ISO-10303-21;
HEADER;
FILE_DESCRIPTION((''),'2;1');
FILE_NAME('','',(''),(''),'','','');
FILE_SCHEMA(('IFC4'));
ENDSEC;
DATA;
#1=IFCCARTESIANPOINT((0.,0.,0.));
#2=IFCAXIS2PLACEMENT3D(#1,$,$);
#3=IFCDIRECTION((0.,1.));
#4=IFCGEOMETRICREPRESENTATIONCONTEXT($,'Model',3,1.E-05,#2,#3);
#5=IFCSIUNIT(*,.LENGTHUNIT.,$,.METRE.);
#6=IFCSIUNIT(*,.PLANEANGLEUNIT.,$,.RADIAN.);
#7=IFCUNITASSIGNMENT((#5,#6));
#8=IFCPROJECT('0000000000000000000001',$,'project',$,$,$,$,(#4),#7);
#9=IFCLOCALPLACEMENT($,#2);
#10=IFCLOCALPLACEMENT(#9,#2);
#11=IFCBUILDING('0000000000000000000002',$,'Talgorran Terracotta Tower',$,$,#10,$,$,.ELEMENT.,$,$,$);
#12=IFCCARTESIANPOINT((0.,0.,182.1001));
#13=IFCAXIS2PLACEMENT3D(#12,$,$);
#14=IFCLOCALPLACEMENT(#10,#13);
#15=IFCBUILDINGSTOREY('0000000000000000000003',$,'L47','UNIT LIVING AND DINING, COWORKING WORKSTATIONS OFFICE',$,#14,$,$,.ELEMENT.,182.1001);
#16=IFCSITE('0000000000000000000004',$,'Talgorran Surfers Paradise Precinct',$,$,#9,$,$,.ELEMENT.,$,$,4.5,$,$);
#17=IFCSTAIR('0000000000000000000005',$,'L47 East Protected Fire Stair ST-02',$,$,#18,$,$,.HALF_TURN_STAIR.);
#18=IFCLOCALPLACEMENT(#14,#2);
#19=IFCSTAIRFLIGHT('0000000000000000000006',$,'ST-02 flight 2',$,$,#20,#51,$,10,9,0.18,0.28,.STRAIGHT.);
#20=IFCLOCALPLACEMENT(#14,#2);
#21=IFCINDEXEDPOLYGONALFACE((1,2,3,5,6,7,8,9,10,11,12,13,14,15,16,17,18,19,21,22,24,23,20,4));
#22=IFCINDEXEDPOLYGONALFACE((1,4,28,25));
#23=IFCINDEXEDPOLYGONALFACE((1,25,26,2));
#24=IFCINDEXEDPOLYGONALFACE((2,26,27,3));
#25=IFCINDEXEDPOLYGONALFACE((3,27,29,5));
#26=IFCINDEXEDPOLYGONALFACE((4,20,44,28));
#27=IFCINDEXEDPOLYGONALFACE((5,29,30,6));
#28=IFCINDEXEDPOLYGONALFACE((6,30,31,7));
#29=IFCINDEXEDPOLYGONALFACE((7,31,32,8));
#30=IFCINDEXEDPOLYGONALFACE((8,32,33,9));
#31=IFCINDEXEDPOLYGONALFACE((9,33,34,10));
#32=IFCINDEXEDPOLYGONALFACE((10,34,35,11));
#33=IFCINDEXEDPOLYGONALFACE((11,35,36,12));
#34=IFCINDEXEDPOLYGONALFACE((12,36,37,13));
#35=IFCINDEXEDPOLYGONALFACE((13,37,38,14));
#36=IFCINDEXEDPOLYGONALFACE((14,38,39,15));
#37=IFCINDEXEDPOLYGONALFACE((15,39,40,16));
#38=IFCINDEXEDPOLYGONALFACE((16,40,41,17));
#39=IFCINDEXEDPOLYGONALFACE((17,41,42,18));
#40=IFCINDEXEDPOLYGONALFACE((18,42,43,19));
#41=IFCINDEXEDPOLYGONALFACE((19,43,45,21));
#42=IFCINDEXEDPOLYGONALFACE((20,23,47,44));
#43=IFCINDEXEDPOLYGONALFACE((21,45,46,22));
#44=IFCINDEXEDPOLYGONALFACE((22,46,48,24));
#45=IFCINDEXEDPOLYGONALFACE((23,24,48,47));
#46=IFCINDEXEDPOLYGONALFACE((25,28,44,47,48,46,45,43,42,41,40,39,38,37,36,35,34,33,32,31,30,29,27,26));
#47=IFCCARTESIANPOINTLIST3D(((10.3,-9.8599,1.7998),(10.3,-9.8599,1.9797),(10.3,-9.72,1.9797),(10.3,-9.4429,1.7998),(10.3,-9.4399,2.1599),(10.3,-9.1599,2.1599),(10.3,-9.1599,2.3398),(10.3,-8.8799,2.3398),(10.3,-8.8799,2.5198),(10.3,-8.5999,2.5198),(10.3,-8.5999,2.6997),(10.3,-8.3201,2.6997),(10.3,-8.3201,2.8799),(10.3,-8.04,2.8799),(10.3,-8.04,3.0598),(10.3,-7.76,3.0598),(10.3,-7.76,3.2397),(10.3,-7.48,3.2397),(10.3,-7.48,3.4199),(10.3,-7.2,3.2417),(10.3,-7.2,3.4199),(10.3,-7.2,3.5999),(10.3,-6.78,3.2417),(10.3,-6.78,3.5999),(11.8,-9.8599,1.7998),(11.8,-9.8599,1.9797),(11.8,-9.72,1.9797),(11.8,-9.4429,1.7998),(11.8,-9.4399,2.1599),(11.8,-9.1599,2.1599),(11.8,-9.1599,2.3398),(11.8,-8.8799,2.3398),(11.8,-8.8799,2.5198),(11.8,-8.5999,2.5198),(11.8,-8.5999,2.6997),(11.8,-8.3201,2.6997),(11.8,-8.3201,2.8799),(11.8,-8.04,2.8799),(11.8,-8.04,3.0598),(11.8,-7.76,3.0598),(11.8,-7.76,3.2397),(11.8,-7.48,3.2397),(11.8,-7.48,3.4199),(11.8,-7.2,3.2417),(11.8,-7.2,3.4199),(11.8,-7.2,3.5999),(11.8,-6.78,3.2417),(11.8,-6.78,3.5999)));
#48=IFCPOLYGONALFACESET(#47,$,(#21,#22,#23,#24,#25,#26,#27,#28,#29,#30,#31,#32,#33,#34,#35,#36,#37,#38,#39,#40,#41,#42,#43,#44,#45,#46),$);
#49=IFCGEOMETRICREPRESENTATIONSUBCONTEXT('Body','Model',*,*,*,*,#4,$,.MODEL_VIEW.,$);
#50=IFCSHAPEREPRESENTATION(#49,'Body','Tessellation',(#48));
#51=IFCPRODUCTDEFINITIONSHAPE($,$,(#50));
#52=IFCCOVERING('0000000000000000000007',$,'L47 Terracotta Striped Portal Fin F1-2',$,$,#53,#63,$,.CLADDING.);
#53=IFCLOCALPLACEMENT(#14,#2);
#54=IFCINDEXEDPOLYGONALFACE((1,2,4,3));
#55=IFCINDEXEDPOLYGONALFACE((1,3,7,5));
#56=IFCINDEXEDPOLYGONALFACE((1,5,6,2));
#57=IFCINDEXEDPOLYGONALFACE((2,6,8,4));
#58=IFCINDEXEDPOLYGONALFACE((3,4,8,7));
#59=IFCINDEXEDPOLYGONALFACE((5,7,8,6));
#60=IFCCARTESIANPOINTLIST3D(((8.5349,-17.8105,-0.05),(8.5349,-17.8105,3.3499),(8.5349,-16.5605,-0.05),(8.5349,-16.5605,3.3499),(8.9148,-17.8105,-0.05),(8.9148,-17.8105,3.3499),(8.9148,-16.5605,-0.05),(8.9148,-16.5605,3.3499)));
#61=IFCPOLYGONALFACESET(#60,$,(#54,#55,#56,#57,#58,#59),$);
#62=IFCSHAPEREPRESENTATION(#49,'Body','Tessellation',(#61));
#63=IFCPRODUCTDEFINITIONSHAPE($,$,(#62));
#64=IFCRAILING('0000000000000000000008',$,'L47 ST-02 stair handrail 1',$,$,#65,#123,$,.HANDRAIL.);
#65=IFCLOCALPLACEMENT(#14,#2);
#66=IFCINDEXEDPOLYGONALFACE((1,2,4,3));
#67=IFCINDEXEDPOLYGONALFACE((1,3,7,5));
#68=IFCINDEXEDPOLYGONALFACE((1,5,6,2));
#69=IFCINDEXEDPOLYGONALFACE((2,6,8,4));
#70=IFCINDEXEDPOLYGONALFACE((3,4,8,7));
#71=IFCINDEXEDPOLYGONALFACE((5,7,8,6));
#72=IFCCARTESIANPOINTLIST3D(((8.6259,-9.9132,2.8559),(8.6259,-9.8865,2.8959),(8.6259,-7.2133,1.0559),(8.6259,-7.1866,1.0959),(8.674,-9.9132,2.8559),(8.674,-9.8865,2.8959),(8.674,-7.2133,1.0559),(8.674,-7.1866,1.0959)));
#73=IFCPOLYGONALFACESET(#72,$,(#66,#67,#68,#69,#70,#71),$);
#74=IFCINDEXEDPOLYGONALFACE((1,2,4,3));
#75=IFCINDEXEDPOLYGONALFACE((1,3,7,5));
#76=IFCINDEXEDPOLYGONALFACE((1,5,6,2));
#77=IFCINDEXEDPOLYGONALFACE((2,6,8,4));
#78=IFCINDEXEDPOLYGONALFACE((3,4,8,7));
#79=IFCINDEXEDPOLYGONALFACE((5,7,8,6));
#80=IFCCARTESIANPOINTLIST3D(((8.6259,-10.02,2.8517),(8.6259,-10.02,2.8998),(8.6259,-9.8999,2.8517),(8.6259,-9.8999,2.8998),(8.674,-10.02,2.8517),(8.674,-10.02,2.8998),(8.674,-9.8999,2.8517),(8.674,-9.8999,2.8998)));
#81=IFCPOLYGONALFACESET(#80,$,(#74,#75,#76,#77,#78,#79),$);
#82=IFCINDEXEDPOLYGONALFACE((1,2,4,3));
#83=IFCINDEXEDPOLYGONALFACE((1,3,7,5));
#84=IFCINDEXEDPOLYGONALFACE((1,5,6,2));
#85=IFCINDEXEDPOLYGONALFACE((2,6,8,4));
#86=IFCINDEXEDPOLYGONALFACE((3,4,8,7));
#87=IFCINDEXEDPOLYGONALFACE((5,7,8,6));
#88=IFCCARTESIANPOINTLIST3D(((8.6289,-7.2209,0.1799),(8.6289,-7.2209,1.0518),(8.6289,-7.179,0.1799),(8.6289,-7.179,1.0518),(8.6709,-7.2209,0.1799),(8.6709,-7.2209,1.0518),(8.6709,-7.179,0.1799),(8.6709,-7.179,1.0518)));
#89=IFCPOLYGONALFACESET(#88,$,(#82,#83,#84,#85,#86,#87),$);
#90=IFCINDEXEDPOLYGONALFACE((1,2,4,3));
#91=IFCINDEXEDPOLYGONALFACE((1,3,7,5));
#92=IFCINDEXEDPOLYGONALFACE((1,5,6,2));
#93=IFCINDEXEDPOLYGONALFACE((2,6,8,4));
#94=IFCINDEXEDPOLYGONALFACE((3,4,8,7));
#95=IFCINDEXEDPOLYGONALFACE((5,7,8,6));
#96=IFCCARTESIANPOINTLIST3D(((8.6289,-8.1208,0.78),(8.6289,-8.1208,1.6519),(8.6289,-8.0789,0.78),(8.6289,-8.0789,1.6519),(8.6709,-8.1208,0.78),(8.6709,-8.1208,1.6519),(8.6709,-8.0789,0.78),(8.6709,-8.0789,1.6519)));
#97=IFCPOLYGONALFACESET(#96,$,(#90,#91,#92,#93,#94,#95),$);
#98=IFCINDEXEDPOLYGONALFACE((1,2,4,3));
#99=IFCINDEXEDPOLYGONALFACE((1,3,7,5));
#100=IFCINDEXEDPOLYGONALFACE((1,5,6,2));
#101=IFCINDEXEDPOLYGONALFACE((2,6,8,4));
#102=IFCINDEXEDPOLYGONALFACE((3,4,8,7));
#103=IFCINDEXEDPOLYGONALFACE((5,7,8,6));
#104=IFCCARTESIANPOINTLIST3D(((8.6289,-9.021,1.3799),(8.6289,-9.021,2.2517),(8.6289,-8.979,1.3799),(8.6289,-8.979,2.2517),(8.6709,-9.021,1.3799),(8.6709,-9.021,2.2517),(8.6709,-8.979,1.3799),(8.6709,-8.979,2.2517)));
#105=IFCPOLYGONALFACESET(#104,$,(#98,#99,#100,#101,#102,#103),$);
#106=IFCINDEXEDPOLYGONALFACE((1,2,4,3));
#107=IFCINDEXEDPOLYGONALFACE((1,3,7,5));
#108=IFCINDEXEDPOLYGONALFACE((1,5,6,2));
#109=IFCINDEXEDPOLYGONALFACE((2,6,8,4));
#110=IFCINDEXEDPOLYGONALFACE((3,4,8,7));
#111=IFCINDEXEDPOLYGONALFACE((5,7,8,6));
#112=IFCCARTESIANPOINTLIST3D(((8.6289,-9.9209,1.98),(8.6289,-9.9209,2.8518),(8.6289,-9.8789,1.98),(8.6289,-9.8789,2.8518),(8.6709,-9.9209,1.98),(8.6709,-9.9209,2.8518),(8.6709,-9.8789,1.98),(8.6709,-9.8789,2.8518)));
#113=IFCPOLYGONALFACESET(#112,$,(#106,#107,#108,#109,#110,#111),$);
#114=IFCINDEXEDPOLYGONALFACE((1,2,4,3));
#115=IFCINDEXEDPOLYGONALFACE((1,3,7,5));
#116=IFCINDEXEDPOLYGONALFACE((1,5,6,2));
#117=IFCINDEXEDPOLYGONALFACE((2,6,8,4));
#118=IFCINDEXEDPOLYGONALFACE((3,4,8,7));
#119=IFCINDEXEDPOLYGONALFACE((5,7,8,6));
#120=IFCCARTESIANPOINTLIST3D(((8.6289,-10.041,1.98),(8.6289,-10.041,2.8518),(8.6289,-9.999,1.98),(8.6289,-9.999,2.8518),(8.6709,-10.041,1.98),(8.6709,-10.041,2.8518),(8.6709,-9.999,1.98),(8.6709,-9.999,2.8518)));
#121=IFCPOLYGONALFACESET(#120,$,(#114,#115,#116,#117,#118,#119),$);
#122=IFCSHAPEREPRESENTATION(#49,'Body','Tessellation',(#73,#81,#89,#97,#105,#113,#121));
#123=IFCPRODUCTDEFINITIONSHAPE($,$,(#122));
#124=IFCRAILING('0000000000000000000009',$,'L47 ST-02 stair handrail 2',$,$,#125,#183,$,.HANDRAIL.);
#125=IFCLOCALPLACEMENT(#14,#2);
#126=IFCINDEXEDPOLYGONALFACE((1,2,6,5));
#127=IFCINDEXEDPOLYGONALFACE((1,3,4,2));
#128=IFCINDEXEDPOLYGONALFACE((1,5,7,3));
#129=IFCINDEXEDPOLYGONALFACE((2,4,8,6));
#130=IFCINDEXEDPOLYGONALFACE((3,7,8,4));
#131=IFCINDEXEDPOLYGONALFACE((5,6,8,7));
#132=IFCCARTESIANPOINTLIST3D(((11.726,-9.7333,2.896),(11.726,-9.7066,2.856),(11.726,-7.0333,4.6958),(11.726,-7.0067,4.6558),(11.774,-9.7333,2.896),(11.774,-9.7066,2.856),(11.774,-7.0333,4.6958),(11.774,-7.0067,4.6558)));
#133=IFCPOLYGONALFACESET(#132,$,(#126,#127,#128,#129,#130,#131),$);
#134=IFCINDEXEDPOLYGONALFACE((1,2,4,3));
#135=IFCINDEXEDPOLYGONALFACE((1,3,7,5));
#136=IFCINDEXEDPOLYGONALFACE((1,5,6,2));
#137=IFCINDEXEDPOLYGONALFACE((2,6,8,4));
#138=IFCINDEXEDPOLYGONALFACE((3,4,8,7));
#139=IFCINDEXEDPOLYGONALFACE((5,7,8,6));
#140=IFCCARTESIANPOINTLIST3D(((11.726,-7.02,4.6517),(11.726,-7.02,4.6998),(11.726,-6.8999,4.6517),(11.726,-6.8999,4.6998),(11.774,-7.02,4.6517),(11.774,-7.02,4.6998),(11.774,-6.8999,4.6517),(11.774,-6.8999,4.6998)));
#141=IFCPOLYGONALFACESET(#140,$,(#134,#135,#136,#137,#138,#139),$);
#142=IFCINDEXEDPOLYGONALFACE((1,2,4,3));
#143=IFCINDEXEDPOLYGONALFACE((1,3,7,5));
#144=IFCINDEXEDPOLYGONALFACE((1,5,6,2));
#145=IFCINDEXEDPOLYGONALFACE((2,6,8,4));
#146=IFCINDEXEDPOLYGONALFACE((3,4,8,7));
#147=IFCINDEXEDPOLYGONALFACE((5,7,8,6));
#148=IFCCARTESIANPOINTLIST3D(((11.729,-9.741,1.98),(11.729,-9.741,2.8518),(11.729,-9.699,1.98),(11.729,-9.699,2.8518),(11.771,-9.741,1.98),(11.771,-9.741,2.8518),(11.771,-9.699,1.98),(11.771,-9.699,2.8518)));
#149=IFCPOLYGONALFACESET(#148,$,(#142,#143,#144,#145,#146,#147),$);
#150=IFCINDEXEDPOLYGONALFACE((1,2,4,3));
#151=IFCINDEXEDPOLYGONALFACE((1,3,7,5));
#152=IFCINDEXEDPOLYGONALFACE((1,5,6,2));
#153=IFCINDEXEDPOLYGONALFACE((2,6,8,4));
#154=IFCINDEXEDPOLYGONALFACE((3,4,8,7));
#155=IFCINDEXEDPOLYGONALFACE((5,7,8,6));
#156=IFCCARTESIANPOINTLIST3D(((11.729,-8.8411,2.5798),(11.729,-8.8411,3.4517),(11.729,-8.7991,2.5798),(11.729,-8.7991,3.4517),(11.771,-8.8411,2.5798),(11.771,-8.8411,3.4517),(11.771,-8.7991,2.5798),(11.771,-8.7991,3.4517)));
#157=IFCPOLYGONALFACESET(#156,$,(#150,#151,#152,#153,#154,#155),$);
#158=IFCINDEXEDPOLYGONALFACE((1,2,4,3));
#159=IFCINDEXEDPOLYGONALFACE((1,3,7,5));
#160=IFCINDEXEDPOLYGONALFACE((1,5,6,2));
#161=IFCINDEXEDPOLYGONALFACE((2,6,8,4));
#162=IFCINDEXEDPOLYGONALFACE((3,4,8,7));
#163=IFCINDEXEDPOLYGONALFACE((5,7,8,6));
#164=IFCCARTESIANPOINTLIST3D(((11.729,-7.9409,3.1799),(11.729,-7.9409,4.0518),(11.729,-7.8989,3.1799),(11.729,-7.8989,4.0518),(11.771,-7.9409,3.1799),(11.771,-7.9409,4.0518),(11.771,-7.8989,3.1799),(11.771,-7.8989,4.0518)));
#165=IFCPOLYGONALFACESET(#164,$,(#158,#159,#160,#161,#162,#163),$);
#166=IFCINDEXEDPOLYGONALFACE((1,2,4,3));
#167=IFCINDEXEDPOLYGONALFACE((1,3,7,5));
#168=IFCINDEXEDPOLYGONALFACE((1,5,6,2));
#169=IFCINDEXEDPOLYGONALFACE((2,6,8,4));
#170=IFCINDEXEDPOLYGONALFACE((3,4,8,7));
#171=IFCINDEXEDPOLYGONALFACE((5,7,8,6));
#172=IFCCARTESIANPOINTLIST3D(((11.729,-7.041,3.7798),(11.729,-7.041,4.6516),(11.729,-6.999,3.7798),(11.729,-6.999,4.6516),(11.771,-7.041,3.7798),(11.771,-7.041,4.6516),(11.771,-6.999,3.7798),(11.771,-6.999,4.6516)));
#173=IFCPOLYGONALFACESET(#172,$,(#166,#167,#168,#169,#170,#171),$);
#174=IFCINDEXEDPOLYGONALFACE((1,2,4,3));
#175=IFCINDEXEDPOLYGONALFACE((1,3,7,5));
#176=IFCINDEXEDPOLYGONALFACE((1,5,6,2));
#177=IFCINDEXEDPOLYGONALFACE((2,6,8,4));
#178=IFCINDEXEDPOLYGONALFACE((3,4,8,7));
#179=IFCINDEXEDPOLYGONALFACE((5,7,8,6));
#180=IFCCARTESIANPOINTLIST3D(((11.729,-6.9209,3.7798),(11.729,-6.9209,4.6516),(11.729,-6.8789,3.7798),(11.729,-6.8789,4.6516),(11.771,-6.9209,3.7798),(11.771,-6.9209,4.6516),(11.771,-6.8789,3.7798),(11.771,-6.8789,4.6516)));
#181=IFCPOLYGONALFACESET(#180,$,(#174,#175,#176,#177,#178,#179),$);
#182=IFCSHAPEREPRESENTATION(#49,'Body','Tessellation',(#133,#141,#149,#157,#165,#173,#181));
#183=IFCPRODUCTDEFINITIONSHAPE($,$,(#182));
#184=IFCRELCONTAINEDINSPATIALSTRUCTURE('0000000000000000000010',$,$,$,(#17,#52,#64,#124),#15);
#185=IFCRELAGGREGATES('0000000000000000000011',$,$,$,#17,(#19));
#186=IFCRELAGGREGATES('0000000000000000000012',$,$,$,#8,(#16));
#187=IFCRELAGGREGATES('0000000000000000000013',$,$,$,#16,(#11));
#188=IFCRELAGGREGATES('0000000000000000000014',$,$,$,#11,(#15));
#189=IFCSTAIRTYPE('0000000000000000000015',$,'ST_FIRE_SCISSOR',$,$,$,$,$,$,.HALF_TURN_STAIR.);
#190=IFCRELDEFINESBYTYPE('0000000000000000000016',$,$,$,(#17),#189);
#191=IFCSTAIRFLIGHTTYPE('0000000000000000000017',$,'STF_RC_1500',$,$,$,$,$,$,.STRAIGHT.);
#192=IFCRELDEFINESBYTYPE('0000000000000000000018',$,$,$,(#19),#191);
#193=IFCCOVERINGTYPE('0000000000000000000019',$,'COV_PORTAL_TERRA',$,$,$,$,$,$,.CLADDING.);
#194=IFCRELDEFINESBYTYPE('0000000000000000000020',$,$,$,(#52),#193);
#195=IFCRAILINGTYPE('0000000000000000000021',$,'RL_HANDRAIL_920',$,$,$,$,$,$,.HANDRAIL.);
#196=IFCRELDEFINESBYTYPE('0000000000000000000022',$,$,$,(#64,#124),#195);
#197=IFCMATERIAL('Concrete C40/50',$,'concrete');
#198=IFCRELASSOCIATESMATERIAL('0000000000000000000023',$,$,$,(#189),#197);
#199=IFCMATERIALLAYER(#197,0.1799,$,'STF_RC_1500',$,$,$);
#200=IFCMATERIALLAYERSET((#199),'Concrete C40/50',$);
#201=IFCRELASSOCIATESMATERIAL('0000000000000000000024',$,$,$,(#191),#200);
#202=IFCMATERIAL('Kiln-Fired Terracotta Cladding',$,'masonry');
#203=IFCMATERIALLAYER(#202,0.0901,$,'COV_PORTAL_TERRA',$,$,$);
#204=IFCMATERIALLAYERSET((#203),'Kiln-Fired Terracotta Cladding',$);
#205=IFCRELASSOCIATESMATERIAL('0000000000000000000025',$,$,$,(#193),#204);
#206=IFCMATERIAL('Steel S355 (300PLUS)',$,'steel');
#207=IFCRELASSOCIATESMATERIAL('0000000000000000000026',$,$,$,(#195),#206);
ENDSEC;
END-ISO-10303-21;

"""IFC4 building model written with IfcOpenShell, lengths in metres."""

from ifc_helpers import new_model, si_unit, direction, frame, origin, origin_2d, place, context, subcontext, project, spatial, polyline, rectangle, outline, extrude, material, layer, layer_set, type_object, element, aggregate, save


model = new_model("IFC4")

# Units and contexts
model_context = context("Model", 3, precision=1e-05, world=origin(), true_north=direction((0.0, 1.0)))
body_context = subcontext(model_context, "Body", "Model", "MODEL_VIEW")
ifc_project = project(units=[si_unit("LENGTHUNIT", "METRE"), si_unit("PLANEANGLEUNIT", "RADIAN")], contexts=[model_context])

# Site, building, storey
site_placement = place(None, origin())
site = spatial("IfcSite", under=ifc_project, at=site_placement, Name="Talgorran Surfers Paradise Precinct", CompositionType="ELEMENT", RefElevation=4.5)
building_placement = place(site_placement, origin())
building = spatial("IfcBuilding", under=site, at=building_placement, Name="Talgorran Terracotta Tower", CompositionType="ELEMENT")
storey_placement = place(building_placement, frame((0.0, 0.0, 182.1001)))
storey = spatial("IfcBuildingStorey", under=building, at=storey_placement, Name="L47", Description="UNIT LIVING AND DINING, COWORKING WORKSTATIONS OFFICE", CompositionType="ELEMENT", Elevation=182.1001)

# Shared definitions
ifc_material_1 = material(Name="Steel S355 (300PLUS)", Category="steel")

# Stair, stair flight
ifc_material_2 = material(Name="Concrete C40/50", Category="concrete")
stair_type = type_object("IfcStairType", Name="ST_FIRE_SCISSOR", PredefinedType="HALF_TURN_STAIR", material=ifc_material_2)
stair_placement = place(storey_placement, origin())
stair = element("IfcStair", 1, at=stair_placement, inside=storey, type_object=stair_type, Name="L47 East Protected Fire Stair ST-02", PredefinedType="HALF_TURN_STAIR")
ifc_layer_1 = layer(ifc_material_2, 0.1799, Name="STF_RC_1500")
ifc_layer_set_1 = layer_set([ifc_layer_1], Name="Concrete C40/50")
stair_flight_type = type_object("IfcStairFlightType", Name="STF_RC_1500", PredefinedType="STRAIGHT", material=ifc_layer_set_1)
stair_flight_1_placement = place(storey_placement, frame((11.05, -9.72, 1.7998), z_axis=(0.0, 0.0, 1.0), x_axis=(0.0, 1.0, 0.0)))
stair_flight_1 = element("IfcStairFlight", 2, at=stair_flight_1_placement, type_object=stair_flight_type, Name="ST-02 flight 2", NumberOfRisers=10, NumberOfTreads=9, PredefinedType="STRAIGHT", RiserHeight=0.18, TreadLength=0.28, context=body_context, shape_type="SweptSolid", body=[
    extrude(outline(polyline([(-0.1399, 0.0), (-0.1399, 0.1799), (0.0, 0.1799), (0.28, 0.3601), (0.5601, 0.3601), (0.5601, 0.54), (0.8401, 0.54), (0.8401, 0.72), (1.1201, 0.72), (1.1201, 0.8999), (1.3999, 0.8999), (1.3999, 1.0801), (1.6799, 1.0801), (1.6799, 1.26), (1.96, 1.26), (1.96, 1.4399), (2.24, 1.4399), (2.24, 1.6201), (2.52, 1.6201), (2.52, 1.8), (2.9399, 1.8), (2.9399, 1.4419), (2.52, 1.4419), (0.2771, 0.0), (-0.1399, 0.0)])), frame((0.0, 0.75, 0.0), z_axis=(0.0, -1.0, 0.0), x_axis=(1.0, 0.0, 0.0)), (0.0, 0.0, 1.0), 1.5),
])
aggregate(stair, [stair_flight_1])

# Covering
ifc_material_3 = material(Name="Kiln-Fired Terracotta Cladding", Category="masonry")
ifc_layer_2 = layer(ifc_material_3, 0.0901, Name="COV_PORTAL_TERRA")
ifc_layer_set_2 = layer_set([ifc_layer_2], Name="Kiln-Fired Terracotta Cladding")
covering_type = type_object("IfcCoveringType", Name="COV_PORTAL_TERRA", PredefinedType="CLADDING", material=ifc_layer_set_2)
covering_placement = place(storey_placement, frame((8.7249, -17.1855, -0.05), z_axis=(0.0, 0.0, 1.0), x_axis=(1.0, 0.0, 0.0)))
element("IfcCovering", 3, at=covering_placement, inside=storey, type_object=covering_type, Name="L47 Terracotta Striped Portal Fin F1-2", PredefinedType="CLADDING", context=body_context, shape_type="SweptSolid", body=[
    extrude(rectangle(XDim=0.3799, YDim=1.25, at=origin_2d()), origin(), (0.0, 0.0, 1.0), 3.3999),
])

# Railings
railing_type_1 = type_object("IfcRailingType", Name="RL_HANDRAIL_920", PredefinedType="HANDRAIL", material=ifc_material_1)
railing_1_placement = place(storey_placement, frame((8.6499, -7.2, 0.1799)))
element("IfcRailing", 4, at=railing_1_placement, inside=storey, type_object=railing_type_1, Name="L47 ST-02 stair handrail 1", PredefinedType="HANDRAIL", context=body_context, shape_type="SweptSolid", body=[
    extrude(rectangle(XDim=0.0481, YDim=0.0481, at=origin_2d()), frame((0.0, 0.0, 0.896), z_axis=(0.0, -0.832039, 0.554718), x_axis=(1.0, 0.0, 0.0)), (0.0, 0.0, 1.0), 3.2449),
    extrude(rectangle(XDim=0.0481, YDim=0.0481, at=origin_2d()), frame((0.0, -2.7, 2.6958), z_axis=(0.0, -1.0, 0.0), x_axis=(1.0, 0.0, 0.0)), (0.0, 0.0, 1.0), 0.1201),
    extrude(rectangle(XDim=0.042, YDim=0.042, at=origin_2d()), origin(), (0.0, 0.0, 1.0), 0.8718),
    extrude(rectangle(XDim=0.042, YDim=0.042, at=origin_2d()), frame((0.0, -0.8999, 0.6001)), (0.0, 0.0, 1.0), 0.8718),
    extrude(rectangle(XDim=0.042, YDim=0.042, at=origin_2d()), frame((0.0, -1.8, 1.2)), (0.0, 0.0, 1.0), 0.8718),
    extrude(rectangle(XDim=0.042, YDim=0.042, at=origin_2d()), frame((0.0, -2.7, 1.8)), (0.0, 0.0, 1.0), 0.8718),
    extrude(rectangle(XDim=0.042, YDim=0.042, at=origin_2d()), frame((0.0, -2.8201, 1.8)), (0.0, 0.0, 1.0), 0.8718),
])
railing_2_placement = place(storey_placement, frame((11.75, -9.72, 1.98)))
element("IfcRailing", 5, at=railing_2_placement, inside=storey, type_object=railing_type_1, Name="L47 ST-02 stair handrail 2", PredefinedType="HANDRAIL", context=body_context, shape_type="SweptSolid", body=[
    extrude(rectangle(XDim=0.0481, YDim=0.0481, at=origin_2d()), frame((0.0, 0.0, 0.896), z_axis=(0.0, 0.832073, 0.554665), x_axis=(-1.0, 0.0, 0.0)), (0.0, 0.0, 1.0), 3.2449),
    extrude(rectangle(XDim=0.0481, YDim=0.0481, at=origin_2d()), frame((0.0, 2.7, 2.6958), z_axis=(0.0, 1.0, 0.0), x_axis=(-1.0, 0.0, 0.0)), (0.0, 0.0, 1.0), 0.1201),
    extrude(rectangle(XDim=0.042, YDim=0.042, at=origin_2d()), origin(), (0.0, 0.0, 1.0), 0.8718),
    extrude(rectangle(XDim=0.042, YDim=0.042, at=origin_2d()), frame((0.0, 0.8999, 0.5999)), (0.0, 0.0, 1.0), 0.8718),
    extrude(rectangle(XDim=0.042, YDim=0.042, at=origin_2d()), frame((0.0, 1.8, 1.2)), (0.0, 0.0, 1.0), 0.8718),
    extrude(rectangle(XDim=0.042, YDim=0.042, at=origin_2d()), frame((0.0, 2.7, 1.7998)), (0.0, 0.0, 1.0), 0.8718),
    extrude(rectangle(XDim=0.042, YDim=0.042, at=origin_2d()), frame((0.0, 2.8201, 1.7998)), (0.0, 0.0, 1.0), 0.8718),
])

save(model, "model.ifc")
